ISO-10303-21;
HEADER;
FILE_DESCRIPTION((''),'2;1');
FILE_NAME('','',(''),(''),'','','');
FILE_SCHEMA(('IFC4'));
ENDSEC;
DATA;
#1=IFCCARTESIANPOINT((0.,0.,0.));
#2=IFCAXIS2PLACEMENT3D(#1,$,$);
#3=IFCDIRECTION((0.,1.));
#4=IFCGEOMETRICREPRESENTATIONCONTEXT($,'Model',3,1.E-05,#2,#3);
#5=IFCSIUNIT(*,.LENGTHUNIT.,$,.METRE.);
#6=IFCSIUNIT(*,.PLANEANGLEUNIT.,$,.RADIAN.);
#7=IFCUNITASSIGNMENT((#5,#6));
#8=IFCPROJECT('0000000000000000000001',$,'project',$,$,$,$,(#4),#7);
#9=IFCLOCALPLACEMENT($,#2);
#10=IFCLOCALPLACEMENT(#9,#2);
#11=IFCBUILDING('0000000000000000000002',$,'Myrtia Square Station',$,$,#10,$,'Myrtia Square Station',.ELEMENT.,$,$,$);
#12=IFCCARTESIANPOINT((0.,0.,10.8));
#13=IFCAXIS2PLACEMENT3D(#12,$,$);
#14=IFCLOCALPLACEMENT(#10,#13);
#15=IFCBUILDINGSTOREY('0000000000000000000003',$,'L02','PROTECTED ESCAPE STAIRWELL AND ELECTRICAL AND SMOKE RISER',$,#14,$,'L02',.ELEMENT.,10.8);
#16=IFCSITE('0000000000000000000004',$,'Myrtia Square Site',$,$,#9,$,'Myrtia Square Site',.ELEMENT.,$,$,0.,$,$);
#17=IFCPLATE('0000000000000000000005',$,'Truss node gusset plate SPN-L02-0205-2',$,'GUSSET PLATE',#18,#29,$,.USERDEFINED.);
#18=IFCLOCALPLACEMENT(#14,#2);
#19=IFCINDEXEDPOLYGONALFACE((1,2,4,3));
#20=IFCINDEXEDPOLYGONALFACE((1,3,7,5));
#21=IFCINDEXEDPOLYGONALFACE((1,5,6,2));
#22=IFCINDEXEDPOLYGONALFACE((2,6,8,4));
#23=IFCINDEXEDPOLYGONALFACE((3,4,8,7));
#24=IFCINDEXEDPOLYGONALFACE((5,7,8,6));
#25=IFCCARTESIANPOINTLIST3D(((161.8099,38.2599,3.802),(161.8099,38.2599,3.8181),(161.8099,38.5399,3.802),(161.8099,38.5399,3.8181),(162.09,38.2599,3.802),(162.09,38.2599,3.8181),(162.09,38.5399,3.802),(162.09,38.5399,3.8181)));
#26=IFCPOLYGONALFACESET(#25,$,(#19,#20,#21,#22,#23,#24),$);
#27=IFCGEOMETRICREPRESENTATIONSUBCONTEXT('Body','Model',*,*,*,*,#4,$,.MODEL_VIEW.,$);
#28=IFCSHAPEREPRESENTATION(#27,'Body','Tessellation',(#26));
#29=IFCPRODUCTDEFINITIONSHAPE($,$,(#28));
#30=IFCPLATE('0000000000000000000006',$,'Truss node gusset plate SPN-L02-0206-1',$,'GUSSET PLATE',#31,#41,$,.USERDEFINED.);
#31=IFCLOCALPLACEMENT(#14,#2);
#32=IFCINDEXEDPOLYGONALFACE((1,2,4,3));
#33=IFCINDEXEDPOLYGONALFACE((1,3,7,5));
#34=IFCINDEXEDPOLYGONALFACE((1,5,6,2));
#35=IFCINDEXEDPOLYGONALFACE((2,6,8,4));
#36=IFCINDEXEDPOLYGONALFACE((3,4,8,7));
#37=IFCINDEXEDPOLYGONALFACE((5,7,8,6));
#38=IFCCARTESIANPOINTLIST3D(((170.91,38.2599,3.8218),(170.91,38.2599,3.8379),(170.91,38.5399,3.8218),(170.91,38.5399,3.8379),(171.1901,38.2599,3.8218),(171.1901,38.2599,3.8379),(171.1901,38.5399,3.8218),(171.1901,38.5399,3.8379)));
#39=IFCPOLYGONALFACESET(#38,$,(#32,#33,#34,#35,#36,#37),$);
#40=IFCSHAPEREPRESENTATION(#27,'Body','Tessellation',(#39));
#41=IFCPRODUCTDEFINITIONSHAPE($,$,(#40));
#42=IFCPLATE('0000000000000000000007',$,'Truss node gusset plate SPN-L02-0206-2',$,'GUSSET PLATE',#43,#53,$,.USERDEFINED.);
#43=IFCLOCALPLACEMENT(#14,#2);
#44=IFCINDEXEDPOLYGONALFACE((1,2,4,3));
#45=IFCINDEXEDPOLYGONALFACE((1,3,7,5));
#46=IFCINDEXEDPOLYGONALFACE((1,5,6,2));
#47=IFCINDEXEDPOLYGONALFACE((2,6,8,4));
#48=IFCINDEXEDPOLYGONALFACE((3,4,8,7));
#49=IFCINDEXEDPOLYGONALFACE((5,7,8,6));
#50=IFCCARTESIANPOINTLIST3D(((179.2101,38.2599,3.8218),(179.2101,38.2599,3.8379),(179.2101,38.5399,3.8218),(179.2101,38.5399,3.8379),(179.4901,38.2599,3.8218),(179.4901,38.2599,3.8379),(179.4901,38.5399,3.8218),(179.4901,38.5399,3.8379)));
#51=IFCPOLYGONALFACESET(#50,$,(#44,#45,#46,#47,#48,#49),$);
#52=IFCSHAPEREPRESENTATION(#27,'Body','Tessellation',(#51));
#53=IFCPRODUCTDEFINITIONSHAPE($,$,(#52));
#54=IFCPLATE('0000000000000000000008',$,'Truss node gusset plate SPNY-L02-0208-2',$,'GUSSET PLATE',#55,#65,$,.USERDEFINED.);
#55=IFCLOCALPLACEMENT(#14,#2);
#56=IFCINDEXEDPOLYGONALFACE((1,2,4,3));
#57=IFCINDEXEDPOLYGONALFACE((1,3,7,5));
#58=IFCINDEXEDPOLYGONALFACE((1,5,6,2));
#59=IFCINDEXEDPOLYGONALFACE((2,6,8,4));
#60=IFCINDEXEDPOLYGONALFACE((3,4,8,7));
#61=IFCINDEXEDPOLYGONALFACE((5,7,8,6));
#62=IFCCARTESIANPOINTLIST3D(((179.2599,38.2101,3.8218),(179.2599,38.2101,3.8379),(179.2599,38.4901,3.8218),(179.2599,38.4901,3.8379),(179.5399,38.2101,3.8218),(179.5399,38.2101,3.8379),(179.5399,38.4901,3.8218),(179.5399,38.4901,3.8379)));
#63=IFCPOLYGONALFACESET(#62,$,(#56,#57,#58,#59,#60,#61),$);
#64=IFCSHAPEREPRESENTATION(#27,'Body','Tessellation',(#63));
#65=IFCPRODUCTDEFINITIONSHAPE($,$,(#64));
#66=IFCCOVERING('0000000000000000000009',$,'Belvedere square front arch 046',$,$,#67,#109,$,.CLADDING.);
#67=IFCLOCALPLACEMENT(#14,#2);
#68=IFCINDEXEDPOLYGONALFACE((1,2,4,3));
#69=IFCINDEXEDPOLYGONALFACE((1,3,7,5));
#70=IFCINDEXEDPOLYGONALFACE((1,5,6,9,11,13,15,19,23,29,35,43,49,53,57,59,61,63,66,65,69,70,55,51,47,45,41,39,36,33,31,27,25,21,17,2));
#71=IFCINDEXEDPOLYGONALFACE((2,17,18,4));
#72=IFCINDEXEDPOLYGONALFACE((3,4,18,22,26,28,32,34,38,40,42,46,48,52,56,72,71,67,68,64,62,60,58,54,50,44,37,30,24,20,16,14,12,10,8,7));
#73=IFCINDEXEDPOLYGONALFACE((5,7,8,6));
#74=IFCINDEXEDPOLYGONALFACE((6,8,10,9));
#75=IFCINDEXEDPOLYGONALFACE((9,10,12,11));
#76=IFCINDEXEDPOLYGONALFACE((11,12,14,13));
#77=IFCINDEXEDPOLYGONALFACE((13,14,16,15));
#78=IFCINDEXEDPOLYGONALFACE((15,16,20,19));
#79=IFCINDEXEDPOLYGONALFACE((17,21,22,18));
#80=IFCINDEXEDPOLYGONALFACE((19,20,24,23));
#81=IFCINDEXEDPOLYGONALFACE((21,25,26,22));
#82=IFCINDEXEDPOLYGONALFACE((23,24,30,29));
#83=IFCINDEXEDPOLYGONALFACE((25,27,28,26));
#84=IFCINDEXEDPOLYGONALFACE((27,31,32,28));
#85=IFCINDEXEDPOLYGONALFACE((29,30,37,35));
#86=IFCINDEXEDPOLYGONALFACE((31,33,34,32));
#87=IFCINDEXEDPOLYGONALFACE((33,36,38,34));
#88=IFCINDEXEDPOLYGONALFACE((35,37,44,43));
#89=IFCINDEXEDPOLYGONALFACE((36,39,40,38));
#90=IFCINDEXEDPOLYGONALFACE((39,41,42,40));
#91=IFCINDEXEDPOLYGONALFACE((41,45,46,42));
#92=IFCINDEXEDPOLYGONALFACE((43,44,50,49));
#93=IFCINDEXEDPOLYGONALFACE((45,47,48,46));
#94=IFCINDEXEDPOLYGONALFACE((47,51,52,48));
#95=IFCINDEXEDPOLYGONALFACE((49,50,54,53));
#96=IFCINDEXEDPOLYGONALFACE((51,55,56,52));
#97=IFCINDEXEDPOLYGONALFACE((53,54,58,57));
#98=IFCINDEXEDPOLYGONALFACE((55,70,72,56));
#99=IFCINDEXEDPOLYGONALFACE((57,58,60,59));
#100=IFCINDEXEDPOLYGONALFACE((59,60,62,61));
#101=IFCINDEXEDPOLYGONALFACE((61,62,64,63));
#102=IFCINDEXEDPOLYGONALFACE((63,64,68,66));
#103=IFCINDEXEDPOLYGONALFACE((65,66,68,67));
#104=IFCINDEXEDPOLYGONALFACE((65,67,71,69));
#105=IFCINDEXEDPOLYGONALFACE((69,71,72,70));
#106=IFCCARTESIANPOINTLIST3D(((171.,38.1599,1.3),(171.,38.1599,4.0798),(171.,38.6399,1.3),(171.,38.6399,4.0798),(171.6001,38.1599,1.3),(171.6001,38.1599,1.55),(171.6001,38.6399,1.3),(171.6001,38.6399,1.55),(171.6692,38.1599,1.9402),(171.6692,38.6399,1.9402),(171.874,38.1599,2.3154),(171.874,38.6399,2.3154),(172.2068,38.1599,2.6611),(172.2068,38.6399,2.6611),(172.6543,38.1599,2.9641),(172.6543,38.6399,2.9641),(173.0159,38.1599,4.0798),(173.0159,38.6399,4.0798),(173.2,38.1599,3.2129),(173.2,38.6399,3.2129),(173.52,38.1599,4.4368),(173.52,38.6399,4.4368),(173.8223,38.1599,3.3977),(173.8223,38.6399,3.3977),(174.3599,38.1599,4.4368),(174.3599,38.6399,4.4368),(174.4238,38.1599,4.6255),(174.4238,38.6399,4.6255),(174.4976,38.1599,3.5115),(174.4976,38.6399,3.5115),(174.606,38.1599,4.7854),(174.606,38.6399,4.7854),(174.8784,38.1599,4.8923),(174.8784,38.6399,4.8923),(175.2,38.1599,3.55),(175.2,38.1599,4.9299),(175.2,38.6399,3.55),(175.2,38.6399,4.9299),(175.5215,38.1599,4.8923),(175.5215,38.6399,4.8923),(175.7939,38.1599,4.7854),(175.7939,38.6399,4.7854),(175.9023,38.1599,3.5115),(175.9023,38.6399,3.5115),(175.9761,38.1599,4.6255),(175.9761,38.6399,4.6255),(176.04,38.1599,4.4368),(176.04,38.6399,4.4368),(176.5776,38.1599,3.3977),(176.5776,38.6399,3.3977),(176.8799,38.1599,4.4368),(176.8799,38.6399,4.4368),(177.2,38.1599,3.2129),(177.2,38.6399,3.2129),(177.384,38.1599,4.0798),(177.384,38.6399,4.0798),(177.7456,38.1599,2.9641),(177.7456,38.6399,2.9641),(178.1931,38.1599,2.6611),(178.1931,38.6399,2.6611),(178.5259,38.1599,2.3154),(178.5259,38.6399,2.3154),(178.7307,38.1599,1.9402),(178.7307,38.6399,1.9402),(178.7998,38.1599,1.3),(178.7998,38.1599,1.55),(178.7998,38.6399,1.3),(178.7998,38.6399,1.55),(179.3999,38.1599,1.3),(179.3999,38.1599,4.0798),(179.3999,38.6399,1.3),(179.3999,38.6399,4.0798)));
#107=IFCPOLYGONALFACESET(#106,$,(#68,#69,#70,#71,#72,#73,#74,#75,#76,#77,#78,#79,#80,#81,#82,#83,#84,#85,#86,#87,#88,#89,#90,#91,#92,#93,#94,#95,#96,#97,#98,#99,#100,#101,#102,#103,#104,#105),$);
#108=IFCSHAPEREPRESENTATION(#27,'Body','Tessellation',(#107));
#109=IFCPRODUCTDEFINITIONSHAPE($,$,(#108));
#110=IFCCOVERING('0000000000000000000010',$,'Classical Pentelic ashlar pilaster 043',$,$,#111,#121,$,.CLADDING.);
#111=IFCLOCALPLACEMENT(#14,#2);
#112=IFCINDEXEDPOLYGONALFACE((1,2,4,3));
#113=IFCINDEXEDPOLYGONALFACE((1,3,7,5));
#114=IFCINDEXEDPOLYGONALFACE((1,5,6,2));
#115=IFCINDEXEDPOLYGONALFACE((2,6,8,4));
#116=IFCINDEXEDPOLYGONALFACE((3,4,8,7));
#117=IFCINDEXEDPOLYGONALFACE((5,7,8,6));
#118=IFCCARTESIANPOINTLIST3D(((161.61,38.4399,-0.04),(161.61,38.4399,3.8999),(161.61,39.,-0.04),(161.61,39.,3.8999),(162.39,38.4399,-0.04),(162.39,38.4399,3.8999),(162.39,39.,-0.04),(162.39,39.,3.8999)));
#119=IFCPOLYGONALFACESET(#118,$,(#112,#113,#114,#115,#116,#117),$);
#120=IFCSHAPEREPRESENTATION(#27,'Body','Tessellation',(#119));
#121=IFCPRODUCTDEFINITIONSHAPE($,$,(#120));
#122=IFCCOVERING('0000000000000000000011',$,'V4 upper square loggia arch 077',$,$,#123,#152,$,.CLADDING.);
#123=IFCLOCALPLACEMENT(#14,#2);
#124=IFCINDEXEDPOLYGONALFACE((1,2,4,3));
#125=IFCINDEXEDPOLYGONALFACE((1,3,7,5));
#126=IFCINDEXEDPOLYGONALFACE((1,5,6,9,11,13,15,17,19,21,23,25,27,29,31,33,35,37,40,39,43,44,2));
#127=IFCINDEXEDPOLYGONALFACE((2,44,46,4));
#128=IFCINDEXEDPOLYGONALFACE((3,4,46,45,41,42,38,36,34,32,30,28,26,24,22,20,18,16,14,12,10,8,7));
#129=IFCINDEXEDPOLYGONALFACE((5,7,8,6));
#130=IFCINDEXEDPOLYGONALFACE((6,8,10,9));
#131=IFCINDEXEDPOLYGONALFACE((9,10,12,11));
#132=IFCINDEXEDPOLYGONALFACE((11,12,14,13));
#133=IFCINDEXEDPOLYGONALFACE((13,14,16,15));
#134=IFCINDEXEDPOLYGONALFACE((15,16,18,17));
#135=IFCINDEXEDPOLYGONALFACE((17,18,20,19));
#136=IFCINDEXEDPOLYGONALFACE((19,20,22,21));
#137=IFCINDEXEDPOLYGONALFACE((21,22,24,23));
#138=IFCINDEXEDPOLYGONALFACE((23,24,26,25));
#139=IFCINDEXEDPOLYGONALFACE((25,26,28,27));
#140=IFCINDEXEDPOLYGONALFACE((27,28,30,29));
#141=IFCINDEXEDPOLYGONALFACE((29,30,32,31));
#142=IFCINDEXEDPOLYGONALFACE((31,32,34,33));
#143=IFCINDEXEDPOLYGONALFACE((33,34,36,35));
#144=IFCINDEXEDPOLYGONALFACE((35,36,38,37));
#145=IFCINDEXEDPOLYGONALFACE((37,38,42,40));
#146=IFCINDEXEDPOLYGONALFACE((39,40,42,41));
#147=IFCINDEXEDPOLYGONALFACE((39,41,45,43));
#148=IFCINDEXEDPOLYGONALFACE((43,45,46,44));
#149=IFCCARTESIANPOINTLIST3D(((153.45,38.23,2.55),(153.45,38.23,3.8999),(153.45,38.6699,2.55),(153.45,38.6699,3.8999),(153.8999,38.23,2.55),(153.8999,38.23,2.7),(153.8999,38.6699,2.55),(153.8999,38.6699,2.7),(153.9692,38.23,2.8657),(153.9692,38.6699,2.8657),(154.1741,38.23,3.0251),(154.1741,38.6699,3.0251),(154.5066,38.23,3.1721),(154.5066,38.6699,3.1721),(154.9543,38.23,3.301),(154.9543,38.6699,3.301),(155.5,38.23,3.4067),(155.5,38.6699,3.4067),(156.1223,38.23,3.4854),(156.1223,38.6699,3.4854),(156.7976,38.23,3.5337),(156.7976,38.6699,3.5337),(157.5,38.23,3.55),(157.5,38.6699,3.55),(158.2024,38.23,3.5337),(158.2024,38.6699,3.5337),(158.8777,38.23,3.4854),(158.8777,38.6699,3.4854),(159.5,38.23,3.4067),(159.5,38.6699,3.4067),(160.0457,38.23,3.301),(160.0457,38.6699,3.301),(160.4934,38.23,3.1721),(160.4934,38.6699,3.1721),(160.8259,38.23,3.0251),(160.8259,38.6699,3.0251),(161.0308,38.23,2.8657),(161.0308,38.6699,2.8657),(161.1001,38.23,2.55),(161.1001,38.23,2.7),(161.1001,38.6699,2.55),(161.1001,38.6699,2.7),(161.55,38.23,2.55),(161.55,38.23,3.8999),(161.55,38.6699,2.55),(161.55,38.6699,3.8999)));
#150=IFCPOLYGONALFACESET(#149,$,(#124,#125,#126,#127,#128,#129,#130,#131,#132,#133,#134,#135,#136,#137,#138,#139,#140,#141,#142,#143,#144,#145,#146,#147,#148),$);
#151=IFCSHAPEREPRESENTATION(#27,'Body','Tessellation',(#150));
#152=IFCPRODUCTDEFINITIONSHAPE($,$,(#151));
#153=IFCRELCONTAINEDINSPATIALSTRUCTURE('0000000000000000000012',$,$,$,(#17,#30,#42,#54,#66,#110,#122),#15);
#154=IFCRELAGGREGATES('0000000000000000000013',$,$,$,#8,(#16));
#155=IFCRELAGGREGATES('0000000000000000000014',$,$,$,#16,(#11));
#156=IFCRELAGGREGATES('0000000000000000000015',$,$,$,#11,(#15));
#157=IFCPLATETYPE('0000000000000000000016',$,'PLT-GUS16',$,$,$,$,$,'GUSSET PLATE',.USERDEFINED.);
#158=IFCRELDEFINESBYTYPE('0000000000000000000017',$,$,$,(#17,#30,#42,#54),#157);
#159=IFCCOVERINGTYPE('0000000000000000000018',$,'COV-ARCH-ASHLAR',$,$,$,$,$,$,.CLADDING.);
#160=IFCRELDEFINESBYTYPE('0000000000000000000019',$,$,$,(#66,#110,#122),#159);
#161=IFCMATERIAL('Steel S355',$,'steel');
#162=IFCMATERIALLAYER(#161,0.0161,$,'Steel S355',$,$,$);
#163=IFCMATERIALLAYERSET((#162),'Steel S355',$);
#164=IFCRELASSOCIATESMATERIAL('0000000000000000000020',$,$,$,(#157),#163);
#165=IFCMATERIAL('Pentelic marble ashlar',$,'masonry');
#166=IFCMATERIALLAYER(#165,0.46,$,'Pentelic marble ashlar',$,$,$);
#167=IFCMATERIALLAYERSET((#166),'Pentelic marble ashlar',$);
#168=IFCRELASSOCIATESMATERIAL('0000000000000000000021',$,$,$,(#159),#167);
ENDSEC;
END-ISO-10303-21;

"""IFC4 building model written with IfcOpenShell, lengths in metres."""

from ifc_helpers import new_model, si_unit, direction, frame, origin, origin_2d, place, context, subcontext, project, spatial, polyline, rectangle, outline, extrude, material, layer, layer_set, type_object, element, save


model = new_model("IFC4")

# Units and contexts
model_context = context("Model", 3, precision=1e-05, world=origin(), true_north=direction((0.0, 1.0)))
body_context = subcontext(model_context, "Body", "Model", "MODEL_VIEW")
ifc_project = project(units=[si_unit("LENGTHUNIT", "METRE"), si_unit("PLANEANGLEUNIT", "RADIAN")], contexts=[model_context])

# Site, building, storey
site_placement = place(None, origin())
site = spatial("IfcSite", under=ifc_project, at=site_placement, Name="Myrtia Square Site", LongName="Myrtia Square Site", CompositionType="ELEMENT", RefElevation=0.0)
building_placement = place(site_placement, origin())
building = spatial("IfcBuilding", under=site, at=building_placement, Name="Myrtia Square Station", LongName="Myrtia Square Station", CompositionType="ELEMENT")
storey_placement = place(building_placement, frame((0.0, 0.0, 10.8)))
storey = spatial("IfcBuildingStorey", under=building, at=storey_placement, Name="L02", Description="PROTECTED ESCAPE STAIRWELL AND ELECTRICAL AND SMOKE RISER", LongName="L02", CompositionType="ELEMENT", Elevation=10.8)

# Shared definitions
ifc_material_1 = material(Name="Steel S355", Category="steel")

# Plates
ifc_layer_1 = layer(ifc_material_1, 0.0161, Name="Steel S355")
ifc_layer_set_1 = layer_set([ifc_layer_1], Name="Steel S355")
plate_type_1 = type_object("IfcPlateType", Name="PLT-GUS16", ElementType="GUSSET PLATE", PredefinedType="USERDEFINED", material=ifc_layer_set_1)
for number, where, z_axis, x_axis, name in (
    (1, (161.95, 38.3999, 3.802), (0.0, 0.0, 1.0), (1.0, 0.0, 0.0), "Truss node gusset plate SPN-L02-0205-2"),
    (2, (171.05, 38.3999, 3.8218), (0.0, 0.0, 1.0), (1.0, 0.0, 0.0), "Truss node gusset plate SPN-L02-0206-1"),
    (3, (179.3501, 38.3999, 3.8218), (0.0, 0.0, 1.0), (1.0, 0.0, 0.0), "Truss node gusset plate SPN-L02-0206-2"),
    (4, (179.3999, 38.3501, 3.8218), (0.0, 0.0, 1.0), (0.0, 1.0, 0.0), "Truss node gusset plate SPNY-L02-0208-2"),
):
    element("IfcPlate", number, at=place(storey_placement, frame(where, z_axis=z_axis, x_axis=x_axis)), inside=storey, type_object=plate_type_1, Name=name, ObjectType="GUSSET PLATE", PredefinedType="USERDEFINED", context=body_context, shape_type="SweptSolid", body=[
        extrude(rectangle(XDim=0.28, YDim=0.28, at=origin_2d()), origin(), (0.0, 0.0, 1.0), 0.0161),
    ])

# Coverings
ifc_material_2 = material(Name="Pentelic marble ashlar", Category="masonry")
ifc_layer_2 = layer(ifc_material_2, 0.46, Name="Pentelic marble ashlar")
ifc_layer_set_2 = layer_set([ifc_layer_2], Name="Pentelic marble ashlar")
covering_type = type_object("IfcCoveringType", Name="COV-ARCH-ASHLAR", PredefinedType="CLADDING", material=ifc_layer_set_2)
covering_1_placement = place(storey_placement, frame((171.0, 38.3999, 1.3), z_axis=(0.0, 0.0, 1.0), x_axis=(1.0, 0.0, 0.0)))
element("IfcCovering", 5, at=covering_1_placement, inside=storey, type_object=covering_type, Name="Belvedere square front arch 046", PredefinedType="CLADDING", context=body_context, shape_type="SweptSolid", body=[
    extrude(outline(polyline([(0.0, 0.0), (0.6001, 0.0), (0.6001, 0.25), (0.6692, 0.6401), (0.874, 1.0154), (1.2068, 1.3611), (1.6543, 1.6641), (2.2, 1.9128), (2.8223, 2.0977), (3.4976, 2.2114), (4.2, 2.25), (4.9023, 2.2114), (5.5776, 2.0977), (6.2, 1.9128), (6.7456, 1.6641), (7.1931, 1.3611), (7.5259, 1.0154), (7.7307, 0.6401), (7.7998, 0.25), (7.7998, 0.0), (8.3999, 0.0), (8.3999, 2.7798), (6.384, 2.7798), (5.8799, 3.1367), (5.04, 3.1367), (4.9761, 3.3254), (4.7939, 3.4854), (4.5215, 3.5923), (4.2, 3.6299), (3.8784, 3.5923), (3.606, 3.4854), (3.4238, 3.3254), (3.3599, 3.1367), (2.52, 3.1367), (2.0159, 2.7798), (0.0, 2.7798), (0.0, 0.0)])), frame((0.0, 0.24, 0.0), z_axis=(0.0, -1.0, 0.0), x_axis=(1.0, 0.0, 0.0)), (0.0, 0.0, 1.0), 0.48),
])
covering_2_placement = place(storey_placement, frame((162.0, 38.72, -0.04), z_axis=(0.0, 0.0, 1.0), x_axis=(1.0, 0.0, 0.0)))
element("IfcCovering", 6, at=covering_2_placement, inside=storey, type_object=covering_type, Name="Classical Pentelic ashlar pilaster 043", PredefinedType="CLADDING", context=body_context, shape_type="SweptSolid", body=[
    extrude(rectangle(XDim=0.78, YDim=0.5601, at=origin_2d()), origin(), (0.0, 0.0, 1.0), 3.9399),
])
covering_3_placement = place(storey_placement, frame((153.45, 38.45, 2.55), z_axis=(0.0, 0.0, 1.0), x_axis=(1.0, 0.0, 0.0)))
element("IfcCovering", 7, at=covering_3_placement, inside=storey, type_object=covering_type, Name="V4 upper square loggia arch 077", PredefinedType="CLADDING", context=body_context, shape_type="SweptSolid", body=[
    extrude(outline(polyline([(0.0, 0.0), (0.45, 0.0), (0.45, 0.1499), (0.5193, 0.3157), (0.7241, 0.4751), (1.0566, 0.6221), (1.5044, 0.751), (2.05, 0.8567), (2.6724, 0.9353), (3.3477, 0.9836), (4.05, 1.0), (4.7524, 0.9836), (5.4277, 0.9353), (6.05, 0.8567), (6.5957, 0.751), (7.0435, 0.6221), (7.376, 0.4751), (7.5808, 0.3157), (7.6501, 0.1499), (7.6501, 0.0), (8.1001, 0.0), (8.1001, 1.3499), (0.0, 1.3499), (0.0, 0.0)])), frame((0.0, 0.22, 0.0), z_axis=(0.0, -1.0, 0.0), x_axis=(1.0, 0.0, 0.0)), (0.0, 0.0, 1.0), 0.4399),
])

save(model, "model.ifc")
